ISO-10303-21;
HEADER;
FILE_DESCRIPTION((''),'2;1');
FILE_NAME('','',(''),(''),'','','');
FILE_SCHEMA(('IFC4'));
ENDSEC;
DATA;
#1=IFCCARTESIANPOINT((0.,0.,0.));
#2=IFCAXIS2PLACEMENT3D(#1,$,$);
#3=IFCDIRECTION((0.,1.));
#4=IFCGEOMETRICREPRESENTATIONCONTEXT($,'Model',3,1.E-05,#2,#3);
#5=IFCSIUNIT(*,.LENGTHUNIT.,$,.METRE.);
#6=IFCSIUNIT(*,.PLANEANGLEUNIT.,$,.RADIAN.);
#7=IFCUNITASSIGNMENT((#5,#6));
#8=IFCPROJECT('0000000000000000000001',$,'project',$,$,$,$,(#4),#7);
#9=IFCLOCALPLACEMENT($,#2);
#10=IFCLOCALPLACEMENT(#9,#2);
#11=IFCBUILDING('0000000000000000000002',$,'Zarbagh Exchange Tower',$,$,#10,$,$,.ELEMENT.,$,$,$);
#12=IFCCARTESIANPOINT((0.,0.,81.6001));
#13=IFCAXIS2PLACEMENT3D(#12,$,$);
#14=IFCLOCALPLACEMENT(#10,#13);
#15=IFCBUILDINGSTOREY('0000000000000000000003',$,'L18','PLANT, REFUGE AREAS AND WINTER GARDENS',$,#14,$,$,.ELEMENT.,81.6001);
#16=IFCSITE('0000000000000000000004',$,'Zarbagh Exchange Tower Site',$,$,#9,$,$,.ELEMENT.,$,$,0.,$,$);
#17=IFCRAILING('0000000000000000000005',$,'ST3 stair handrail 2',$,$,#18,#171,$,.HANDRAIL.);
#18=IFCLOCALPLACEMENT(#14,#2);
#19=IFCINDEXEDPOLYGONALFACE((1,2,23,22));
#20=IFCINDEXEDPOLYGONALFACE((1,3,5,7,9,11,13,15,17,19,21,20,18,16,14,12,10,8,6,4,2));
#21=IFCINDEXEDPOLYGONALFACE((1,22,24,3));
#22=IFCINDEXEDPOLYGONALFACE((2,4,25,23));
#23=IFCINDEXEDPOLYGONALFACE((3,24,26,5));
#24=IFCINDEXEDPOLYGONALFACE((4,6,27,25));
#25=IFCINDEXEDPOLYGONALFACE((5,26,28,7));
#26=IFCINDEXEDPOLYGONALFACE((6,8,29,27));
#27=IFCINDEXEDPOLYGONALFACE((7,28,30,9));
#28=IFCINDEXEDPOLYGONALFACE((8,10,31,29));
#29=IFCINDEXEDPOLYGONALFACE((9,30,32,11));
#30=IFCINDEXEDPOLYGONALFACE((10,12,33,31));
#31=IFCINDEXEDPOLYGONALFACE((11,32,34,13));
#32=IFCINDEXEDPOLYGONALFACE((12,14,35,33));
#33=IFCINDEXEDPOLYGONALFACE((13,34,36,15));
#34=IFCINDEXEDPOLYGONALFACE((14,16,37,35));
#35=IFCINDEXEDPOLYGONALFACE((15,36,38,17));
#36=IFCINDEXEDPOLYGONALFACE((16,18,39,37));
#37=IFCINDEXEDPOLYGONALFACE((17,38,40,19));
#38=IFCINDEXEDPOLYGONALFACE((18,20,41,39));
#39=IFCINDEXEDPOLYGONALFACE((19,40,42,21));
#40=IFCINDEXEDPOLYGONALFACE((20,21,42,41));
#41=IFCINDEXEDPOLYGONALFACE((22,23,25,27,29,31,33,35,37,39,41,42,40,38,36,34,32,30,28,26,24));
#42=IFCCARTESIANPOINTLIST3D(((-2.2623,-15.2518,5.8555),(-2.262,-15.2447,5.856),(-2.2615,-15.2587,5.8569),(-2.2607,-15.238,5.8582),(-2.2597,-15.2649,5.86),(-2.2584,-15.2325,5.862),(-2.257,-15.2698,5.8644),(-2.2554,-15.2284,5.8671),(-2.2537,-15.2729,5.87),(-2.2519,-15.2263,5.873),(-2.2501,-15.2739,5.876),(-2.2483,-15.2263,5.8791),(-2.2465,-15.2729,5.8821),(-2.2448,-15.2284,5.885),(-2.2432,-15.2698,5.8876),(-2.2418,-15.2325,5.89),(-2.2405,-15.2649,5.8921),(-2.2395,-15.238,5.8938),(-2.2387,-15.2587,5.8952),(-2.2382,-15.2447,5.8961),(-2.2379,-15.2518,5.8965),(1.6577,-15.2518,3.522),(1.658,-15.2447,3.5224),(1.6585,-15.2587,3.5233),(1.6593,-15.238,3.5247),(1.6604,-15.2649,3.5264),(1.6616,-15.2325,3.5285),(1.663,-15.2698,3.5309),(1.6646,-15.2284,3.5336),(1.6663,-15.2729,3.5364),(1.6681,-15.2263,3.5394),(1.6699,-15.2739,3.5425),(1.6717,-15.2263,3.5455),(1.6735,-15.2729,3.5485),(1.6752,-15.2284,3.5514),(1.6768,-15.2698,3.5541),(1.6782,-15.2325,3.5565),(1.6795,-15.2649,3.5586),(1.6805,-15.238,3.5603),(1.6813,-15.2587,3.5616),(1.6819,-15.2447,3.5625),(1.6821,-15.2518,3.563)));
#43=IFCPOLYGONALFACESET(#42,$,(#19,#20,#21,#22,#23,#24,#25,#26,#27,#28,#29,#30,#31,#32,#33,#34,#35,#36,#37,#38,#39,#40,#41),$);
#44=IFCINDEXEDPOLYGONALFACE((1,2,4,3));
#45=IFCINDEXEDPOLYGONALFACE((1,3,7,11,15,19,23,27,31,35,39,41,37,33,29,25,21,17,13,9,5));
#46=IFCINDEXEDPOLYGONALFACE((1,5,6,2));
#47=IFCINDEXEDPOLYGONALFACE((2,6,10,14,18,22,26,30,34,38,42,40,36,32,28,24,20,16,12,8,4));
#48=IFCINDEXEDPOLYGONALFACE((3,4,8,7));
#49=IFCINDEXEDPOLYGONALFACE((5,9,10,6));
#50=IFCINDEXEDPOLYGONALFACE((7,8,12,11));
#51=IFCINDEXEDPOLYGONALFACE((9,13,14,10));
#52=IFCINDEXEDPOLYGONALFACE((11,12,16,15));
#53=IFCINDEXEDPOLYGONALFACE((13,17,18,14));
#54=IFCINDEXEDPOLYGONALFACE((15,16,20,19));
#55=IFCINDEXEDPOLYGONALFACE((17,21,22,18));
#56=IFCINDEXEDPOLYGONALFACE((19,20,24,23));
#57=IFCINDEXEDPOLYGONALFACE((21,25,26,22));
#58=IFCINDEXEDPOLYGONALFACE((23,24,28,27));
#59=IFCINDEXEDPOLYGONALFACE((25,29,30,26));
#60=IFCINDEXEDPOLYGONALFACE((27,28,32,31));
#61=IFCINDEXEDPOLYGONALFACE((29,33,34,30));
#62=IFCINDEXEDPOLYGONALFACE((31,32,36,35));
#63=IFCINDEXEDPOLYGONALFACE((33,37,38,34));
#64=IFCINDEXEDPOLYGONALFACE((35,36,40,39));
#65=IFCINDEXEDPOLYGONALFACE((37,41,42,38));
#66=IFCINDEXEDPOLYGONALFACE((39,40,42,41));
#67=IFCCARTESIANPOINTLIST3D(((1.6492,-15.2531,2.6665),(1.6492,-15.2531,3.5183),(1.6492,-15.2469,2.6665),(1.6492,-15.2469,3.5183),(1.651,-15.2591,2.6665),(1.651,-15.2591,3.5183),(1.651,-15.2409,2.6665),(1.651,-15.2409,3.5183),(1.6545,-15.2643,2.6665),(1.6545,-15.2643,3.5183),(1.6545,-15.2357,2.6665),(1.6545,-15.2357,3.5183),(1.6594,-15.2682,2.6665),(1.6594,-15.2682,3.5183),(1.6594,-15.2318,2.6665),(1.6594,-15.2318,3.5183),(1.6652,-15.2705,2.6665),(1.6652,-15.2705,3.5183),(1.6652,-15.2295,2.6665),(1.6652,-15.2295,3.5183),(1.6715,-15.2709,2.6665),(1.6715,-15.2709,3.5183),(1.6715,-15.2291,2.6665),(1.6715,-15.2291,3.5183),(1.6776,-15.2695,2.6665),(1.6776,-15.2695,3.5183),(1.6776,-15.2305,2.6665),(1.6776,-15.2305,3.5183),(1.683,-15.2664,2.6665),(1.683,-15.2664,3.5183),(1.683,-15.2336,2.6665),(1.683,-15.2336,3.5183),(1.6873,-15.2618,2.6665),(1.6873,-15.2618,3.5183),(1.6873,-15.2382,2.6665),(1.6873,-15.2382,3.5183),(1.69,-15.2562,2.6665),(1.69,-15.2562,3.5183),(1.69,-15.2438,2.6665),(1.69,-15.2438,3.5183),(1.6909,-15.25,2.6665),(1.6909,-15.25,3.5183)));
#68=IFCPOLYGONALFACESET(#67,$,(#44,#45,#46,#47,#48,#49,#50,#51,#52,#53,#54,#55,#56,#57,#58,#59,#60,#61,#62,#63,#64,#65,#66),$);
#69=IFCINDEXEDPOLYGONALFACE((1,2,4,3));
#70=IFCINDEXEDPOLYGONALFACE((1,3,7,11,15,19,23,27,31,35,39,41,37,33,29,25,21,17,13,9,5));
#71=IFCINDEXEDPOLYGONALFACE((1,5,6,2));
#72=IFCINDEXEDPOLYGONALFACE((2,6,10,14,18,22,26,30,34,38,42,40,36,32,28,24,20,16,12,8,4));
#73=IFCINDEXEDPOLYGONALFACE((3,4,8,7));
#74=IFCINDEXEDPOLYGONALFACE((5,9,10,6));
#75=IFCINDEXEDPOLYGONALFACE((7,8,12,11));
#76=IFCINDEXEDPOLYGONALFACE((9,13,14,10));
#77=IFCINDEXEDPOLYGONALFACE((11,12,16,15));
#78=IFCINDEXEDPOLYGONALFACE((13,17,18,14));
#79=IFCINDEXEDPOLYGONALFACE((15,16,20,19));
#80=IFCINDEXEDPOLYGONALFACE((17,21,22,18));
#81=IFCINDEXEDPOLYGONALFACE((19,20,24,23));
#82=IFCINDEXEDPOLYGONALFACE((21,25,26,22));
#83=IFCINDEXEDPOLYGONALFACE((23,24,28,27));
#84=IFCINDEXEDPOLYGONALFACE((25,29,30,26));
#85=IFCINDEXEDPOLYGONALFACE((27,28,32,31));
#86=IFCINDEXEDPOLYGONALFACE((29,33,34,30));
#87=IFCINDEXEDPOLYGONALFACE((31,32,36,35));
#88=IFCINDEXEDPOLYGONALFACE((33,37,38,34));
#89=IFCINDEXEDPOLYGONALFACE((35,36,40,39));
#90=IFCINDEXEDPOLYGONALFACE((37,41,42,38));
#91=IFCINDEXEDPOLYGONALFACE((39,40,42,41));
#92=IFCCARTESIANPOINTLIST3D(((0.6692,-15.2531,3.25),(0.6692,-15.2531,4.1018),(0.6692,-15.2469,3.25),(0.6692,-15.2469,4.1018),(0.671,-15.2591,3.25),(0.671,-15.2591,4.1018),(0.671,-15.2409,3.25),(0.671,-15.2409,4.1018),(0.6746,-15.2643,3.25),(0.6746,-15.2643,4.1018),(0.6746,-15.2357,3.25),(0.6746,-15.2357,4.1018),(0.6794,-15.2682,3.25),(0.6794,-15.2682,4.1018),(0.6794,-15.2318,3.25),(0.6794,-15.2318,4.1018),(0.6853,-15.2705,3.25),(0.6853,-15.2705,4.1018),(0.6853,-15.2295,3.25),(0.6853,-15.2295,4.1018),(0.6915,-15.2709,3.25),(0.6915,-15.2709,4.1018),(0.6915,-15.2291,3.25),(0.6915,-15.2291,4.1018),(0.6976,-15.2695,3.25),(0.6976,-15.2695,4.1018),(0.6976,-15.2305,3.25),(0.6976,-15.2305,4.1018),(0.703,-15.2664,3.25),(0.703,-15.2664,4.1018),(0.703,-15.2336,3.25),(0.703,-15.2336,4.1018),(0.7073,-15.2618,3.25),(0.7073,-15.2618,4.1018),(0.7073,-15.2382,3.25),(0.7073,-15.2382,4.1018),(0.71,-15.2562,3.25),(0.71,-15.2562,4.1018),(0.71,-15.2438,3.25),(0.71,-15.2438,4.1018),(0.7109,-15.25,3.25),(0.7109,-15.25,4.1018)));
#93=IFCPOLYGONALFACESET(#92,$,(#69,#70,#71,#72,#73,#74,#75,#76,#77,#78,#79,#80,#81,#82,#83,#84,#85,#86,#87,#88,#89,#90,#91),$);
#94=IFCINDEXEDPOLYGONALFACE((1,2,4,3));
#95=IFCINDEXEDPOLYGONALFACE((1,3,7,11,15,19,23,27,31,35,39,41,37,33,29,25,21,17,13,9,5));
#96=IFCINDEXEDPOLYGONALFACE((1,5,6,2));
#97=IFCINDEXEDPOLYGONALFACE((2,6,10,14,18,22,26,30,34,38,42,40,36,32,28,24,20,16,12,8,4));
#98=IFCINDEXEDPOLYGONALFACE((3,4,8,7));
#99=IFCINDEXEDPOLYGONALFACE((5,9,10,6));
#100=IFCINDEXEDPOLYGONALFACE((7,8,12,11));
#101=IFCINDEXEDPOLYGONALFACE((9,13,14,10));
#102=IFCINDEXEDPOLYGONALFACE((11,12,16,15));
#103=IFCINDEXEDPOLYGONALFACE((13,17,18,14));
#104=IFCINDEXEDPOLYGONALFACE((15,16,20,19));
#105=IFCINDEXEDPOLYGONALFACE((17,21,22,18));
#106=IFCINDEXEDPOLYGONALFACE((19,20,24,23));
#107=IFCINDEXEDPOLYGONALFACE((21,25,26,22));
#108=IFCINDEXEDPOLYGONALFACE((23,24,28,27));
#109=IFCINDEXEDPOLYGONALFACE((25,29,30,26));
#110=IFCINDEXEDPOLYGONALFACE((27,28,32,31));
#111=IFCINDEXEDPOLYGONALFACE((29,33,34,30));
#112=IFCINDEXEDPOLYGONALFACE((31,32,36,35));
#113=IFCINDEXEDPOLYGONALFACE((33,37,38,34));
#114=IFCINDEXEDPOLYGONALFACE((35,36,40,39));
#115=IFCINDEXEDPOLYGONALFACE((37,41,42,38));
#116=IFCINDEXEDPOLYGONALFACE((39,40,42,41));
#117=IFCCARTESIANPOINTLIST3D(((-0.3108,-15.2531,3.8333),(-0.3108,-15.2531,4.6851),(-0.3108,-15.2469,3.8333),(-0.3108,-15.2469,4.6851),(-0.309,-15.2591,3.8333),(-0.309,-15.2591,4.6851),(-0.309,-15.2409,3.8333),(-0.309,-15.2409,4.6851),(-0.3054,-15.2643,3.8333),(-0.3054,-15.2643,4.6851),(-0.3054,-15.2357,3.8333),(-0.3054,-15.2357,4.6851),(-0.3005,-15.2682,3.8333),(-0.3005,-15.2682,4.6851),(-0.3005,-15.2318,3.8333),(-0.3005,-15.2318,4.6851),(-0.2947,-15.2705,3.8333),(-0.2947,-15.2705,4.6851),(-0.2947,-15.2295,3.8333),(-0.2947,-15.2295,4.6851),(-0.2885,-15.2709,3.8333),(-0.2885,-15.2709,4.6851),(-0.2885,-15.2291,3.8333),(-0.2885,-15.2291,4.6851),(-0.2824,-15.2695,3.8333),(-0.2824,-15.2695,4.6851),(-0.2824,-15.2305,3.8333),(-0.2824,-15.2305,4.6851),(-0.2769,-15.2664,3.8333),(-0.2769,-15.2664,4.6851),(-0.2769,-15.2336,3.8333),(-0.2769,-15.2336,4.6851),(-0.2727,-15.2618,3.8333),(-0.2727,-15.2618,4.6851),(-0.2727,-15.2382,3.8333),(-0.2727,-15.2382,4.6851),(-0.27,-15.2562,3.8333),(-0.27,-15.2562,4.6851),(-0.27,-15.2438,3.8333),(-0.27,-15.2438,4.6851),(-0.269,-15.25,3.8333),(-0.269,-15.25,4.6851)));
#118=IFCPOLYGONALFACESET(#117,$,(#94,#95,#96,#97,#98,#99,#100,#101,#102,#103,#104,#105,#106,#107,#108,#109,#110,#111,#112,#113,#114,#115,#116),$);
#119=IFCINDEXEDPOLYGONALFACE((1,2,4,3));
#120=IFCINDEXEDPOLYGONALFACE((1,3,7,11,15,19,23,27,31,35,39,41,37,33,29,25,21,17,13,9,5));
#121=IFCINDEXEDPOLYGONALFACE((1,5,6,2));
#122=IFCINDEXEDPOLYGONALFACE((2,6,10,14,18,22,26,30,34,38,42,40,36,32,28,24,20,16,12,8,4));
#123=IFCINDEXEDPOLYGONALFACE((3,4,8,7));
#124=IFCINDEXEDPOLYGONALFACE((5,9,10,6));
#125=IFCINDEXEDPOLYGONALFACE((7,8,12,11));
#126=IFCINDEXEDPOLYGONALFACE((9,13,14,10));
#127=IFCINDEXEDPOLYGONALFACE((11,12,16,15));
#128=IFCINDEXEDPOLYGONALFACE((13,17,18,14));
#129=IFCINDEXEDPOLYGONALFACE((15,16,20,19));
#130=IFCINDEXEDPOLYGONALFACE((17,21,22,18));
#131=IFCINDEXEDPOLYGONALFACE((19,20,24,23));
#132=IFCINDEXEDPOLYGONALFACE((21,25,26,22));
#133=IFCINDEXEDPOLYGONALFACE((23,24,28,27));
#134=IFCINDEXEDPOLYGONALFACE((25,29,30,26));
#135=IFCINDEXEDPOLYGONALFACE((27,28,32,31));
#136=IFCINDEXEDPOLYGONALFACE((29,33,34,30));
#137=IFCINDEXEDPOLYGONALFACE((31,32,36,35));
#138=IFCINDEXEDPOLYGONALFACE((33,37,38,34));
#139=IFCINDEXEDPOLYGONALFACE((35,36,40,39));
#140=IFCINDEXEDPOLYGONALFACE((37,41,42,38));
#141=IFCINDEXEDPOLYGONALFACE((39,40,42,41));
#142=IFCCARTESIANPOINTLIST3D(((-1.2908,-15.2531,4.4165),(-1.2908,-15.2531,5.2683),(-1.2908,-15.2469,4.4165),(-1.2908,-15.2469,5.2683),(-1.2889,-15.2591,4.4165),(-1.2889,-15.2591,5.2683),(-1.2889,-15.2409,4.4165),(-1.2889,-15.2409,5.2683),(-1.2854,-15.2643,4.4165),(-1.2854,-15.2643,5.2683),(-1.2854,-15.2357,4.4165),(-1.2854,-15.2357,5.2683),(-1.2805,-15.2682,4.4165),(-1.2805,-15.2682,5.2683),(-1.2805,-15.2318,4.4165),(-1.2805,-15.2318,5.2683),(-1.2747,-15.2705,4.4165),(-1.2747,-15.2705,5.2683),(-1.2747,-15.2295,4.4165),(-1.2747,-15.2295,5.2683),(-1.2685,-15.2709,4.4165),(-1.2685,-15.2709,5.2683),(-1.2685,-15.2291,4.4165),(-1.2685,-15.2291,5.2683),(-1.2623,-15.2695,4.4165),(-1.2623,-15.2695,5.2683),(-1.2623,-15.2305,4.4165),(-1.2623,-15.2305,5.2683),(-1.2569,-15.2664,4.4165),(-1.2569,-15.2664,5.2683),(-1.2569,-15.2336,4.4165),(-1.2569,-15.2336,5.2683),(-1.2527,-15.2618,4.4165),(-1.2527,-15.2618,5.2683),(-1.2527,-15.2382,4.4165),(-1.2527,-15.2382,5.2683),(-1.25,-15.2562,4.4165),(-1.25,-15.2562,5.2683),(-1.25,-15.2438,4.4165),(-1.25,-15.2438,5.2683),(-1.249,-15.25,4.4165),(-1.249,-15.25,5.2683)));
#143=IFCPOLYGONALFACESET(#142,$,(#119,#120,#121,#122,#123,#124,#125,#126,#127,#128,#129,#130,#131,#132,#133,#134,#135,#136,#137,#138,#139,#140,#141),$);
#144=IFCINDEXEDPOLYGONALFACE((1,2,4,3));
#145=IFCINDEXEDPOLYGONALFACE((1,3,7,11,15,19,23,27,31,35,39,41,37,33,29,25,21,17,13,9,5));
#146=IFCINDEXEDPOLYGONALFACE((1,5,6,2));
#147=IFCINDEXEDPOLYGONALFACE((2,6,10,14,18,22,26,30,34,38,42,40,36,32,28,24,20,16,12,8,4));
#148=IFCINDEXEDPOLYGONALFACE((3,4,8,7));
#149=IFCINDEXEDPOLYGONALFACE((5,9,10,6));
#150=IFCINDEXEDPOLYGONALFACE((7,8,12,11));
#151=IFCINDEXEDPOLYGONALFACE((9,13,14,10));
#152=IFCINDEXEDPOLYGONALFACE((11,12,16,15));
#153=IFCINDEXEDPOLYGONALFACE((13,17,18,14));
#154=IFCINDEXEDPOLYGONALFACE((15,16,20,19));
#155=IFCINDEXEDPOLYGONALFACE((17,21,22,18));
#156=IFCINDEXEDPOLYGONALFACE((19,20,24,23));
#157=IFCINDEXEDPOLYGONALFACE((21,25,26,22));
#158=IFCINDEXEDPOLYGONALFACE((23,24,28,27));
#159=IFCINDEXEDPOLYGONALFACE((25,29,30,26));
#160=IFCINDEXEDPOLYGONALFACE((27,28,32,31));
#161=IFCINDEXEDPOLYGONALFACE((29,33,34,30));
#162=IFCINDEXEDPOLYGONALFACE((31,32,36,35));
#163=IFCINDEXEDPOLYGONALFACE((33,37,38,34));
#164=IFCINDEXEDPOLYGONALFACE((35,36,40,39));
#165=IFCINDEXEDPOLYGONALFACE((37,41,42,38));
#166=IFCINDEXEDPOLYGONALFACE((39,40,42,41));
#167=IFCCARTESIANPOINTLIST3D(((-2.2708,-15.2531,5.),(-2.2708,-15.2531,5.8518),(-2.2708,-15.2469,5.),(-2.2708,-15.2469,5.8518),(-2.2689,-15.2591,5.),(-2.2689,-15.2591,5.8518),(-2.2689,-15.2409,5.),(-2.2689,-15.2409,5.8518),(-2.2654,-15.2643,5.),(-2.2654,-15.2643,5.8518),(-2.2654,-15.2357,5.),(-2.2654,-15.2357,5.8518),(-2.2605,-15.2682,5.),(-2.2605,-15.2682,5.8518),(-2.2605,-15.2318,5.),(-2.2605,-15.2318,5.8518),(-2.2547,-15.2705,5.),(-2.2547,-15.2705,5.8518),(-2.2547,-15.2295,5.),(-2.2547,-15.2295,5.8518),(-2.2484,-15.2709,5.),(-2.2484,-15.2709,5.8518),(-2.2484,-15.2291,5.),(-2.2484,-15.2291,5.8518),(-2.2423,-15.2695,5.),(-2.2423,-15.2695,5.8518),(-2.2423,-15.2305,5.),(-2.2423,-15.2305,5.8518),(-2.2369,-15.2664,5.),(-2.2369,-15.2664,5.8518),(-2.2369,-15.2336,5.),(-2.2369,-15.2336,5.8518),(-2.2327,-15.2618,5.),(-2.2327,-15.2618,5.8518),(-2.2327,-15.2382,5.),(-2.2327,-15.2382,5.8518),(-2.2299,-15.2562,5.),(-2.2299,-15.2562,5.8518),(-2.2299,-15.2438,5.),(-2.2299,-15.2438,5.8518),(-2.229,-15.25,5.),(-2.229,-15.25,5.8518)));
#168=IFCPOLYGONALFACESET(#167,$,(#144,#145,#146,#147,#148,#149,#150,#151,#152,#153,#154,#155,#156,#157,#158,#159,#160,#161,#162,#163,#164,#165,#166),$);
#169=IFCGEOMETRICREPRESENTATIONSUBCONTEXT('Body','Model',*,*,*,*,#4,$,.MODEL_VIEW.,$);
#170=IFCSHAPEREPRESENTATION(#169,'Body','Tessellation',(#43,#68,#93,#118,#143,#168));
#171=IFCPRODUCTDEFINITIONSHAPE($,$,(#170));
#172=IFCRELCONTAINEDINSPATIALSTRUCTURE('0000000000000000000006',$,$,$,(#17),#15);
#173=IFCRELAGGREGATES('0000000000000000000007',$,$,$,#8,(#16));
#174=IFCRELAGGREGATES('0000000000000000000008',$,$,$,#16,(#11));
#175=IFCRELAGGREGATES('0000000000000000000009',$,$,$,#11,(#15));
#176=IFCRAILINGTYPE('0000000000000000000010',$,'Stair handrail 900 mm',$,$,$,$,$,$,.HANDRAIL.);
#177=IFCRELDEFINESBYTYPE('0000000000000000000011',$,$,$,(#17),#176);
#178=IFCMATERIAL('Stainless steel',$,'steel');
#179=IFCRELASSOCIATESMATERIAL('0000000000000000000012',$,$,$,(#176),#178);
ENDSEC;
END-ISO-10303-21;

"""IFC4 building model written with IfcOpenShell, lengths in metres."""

from ifc_helpers import new_model, si_unit, direction, frame, origin, origin_2d, place, context, subcontext, project, spatial, circle, extrude, material, type_object, element, save


model = new_model("IFC4")

# Units and contexts
model_context = context("Model", 3, precision=1e-05, world=origin(), true_north=direction((0.0, 1.0)))
body_context = subcontext(model_context, "Body", "Model", "MODEL_VIEW")
ifc_project = project(units=[si_unit("LENGTHUNIT", "METRE"), si_unit("PLANEANGLEUNIT", "RADIAN")], contexts=[model_context])

# Site, building, storey
site_placement = place(None, origin())
site = spatial("IfcSite", under=ifc_project, at=site_placement, Name="Zarbagh Exchange Tower Site", CompositionType="ELEMENT", RefElevation=0.0)
building_placement = place(site_placement, origin())
building = spatial("IfcBuilding", under=site, at=building_placement, Name="Zarbagh Exchange Tower", CompositionType="ELEMENT")
storey_placement = place(building_placement, frame((0.0, 0.0, 81.6001)))
storey = spatial("IfcBuildingStorey", under=building, at=storey_placement, Name="L18", Description="PLANT, REFUGE AREAS AND WINTER GARDENS", CompositionType="ELEMENT", Elevation=81.6001)

# Railing
ifc_material_1 = material(Name="Stainless steel", Category="steel")
railing_type_1 = type_object("IfcRailingType", Name="Stair handrail 900 mm", PredefinedType="HANDRAIL", material=ifc_material_1)
for number, where, name in (
    (1, (1.6699, -15.25, 2.6665), "ST3 stair handrail 2"),
):
    element("IfcRailing", number, at=place(storey_placement, frame(where)), inside=storey, type_object=railing_type_1, Name=name, PredefinedType="HANDRAIL", context=body_context, shape_type="SweptSolid", body=[
        extrude(circle(Radius=0.0239, at=origin_2d()), frame((0.0, 0.0, 0.876), z_axis=(-0.859273, 0.0, 0.511518), x_axis=(0.0, -1.0, 0.0)), (0.0, 0.0, 1.0), 4.562),
        extrude(circle(Radius=0.021, at=origin_2d()), origin(), (0.0, 0.0, 1.0), 0.8518),
        extrude(circle(Radius=0.021, at=origin_2d()), frame((-0.98, 0.0, 0.5835)), (0.0, 0.0, 1.0), 0.8518),
        extrude(circle(Radius=0.021, at=origin_2d()), frame((-1.96, 0.0, 1.1667)), (0.0, 0.0, 1.0), 0.8518),
        extrude(circle(Radius=0.021, at=origin_2d()), frame((-2.9399, 0.0, 1.75)), (0.0, 0.0, 1.0), 0.8518),
        extrude(circle(Radius=0.021, at=origin_2d()), frame((-3.9199, 0.0, 2.3335)), (0.0, 0.0, 1.0), 0.8518),
    ])

save(model, "model.ifc")
